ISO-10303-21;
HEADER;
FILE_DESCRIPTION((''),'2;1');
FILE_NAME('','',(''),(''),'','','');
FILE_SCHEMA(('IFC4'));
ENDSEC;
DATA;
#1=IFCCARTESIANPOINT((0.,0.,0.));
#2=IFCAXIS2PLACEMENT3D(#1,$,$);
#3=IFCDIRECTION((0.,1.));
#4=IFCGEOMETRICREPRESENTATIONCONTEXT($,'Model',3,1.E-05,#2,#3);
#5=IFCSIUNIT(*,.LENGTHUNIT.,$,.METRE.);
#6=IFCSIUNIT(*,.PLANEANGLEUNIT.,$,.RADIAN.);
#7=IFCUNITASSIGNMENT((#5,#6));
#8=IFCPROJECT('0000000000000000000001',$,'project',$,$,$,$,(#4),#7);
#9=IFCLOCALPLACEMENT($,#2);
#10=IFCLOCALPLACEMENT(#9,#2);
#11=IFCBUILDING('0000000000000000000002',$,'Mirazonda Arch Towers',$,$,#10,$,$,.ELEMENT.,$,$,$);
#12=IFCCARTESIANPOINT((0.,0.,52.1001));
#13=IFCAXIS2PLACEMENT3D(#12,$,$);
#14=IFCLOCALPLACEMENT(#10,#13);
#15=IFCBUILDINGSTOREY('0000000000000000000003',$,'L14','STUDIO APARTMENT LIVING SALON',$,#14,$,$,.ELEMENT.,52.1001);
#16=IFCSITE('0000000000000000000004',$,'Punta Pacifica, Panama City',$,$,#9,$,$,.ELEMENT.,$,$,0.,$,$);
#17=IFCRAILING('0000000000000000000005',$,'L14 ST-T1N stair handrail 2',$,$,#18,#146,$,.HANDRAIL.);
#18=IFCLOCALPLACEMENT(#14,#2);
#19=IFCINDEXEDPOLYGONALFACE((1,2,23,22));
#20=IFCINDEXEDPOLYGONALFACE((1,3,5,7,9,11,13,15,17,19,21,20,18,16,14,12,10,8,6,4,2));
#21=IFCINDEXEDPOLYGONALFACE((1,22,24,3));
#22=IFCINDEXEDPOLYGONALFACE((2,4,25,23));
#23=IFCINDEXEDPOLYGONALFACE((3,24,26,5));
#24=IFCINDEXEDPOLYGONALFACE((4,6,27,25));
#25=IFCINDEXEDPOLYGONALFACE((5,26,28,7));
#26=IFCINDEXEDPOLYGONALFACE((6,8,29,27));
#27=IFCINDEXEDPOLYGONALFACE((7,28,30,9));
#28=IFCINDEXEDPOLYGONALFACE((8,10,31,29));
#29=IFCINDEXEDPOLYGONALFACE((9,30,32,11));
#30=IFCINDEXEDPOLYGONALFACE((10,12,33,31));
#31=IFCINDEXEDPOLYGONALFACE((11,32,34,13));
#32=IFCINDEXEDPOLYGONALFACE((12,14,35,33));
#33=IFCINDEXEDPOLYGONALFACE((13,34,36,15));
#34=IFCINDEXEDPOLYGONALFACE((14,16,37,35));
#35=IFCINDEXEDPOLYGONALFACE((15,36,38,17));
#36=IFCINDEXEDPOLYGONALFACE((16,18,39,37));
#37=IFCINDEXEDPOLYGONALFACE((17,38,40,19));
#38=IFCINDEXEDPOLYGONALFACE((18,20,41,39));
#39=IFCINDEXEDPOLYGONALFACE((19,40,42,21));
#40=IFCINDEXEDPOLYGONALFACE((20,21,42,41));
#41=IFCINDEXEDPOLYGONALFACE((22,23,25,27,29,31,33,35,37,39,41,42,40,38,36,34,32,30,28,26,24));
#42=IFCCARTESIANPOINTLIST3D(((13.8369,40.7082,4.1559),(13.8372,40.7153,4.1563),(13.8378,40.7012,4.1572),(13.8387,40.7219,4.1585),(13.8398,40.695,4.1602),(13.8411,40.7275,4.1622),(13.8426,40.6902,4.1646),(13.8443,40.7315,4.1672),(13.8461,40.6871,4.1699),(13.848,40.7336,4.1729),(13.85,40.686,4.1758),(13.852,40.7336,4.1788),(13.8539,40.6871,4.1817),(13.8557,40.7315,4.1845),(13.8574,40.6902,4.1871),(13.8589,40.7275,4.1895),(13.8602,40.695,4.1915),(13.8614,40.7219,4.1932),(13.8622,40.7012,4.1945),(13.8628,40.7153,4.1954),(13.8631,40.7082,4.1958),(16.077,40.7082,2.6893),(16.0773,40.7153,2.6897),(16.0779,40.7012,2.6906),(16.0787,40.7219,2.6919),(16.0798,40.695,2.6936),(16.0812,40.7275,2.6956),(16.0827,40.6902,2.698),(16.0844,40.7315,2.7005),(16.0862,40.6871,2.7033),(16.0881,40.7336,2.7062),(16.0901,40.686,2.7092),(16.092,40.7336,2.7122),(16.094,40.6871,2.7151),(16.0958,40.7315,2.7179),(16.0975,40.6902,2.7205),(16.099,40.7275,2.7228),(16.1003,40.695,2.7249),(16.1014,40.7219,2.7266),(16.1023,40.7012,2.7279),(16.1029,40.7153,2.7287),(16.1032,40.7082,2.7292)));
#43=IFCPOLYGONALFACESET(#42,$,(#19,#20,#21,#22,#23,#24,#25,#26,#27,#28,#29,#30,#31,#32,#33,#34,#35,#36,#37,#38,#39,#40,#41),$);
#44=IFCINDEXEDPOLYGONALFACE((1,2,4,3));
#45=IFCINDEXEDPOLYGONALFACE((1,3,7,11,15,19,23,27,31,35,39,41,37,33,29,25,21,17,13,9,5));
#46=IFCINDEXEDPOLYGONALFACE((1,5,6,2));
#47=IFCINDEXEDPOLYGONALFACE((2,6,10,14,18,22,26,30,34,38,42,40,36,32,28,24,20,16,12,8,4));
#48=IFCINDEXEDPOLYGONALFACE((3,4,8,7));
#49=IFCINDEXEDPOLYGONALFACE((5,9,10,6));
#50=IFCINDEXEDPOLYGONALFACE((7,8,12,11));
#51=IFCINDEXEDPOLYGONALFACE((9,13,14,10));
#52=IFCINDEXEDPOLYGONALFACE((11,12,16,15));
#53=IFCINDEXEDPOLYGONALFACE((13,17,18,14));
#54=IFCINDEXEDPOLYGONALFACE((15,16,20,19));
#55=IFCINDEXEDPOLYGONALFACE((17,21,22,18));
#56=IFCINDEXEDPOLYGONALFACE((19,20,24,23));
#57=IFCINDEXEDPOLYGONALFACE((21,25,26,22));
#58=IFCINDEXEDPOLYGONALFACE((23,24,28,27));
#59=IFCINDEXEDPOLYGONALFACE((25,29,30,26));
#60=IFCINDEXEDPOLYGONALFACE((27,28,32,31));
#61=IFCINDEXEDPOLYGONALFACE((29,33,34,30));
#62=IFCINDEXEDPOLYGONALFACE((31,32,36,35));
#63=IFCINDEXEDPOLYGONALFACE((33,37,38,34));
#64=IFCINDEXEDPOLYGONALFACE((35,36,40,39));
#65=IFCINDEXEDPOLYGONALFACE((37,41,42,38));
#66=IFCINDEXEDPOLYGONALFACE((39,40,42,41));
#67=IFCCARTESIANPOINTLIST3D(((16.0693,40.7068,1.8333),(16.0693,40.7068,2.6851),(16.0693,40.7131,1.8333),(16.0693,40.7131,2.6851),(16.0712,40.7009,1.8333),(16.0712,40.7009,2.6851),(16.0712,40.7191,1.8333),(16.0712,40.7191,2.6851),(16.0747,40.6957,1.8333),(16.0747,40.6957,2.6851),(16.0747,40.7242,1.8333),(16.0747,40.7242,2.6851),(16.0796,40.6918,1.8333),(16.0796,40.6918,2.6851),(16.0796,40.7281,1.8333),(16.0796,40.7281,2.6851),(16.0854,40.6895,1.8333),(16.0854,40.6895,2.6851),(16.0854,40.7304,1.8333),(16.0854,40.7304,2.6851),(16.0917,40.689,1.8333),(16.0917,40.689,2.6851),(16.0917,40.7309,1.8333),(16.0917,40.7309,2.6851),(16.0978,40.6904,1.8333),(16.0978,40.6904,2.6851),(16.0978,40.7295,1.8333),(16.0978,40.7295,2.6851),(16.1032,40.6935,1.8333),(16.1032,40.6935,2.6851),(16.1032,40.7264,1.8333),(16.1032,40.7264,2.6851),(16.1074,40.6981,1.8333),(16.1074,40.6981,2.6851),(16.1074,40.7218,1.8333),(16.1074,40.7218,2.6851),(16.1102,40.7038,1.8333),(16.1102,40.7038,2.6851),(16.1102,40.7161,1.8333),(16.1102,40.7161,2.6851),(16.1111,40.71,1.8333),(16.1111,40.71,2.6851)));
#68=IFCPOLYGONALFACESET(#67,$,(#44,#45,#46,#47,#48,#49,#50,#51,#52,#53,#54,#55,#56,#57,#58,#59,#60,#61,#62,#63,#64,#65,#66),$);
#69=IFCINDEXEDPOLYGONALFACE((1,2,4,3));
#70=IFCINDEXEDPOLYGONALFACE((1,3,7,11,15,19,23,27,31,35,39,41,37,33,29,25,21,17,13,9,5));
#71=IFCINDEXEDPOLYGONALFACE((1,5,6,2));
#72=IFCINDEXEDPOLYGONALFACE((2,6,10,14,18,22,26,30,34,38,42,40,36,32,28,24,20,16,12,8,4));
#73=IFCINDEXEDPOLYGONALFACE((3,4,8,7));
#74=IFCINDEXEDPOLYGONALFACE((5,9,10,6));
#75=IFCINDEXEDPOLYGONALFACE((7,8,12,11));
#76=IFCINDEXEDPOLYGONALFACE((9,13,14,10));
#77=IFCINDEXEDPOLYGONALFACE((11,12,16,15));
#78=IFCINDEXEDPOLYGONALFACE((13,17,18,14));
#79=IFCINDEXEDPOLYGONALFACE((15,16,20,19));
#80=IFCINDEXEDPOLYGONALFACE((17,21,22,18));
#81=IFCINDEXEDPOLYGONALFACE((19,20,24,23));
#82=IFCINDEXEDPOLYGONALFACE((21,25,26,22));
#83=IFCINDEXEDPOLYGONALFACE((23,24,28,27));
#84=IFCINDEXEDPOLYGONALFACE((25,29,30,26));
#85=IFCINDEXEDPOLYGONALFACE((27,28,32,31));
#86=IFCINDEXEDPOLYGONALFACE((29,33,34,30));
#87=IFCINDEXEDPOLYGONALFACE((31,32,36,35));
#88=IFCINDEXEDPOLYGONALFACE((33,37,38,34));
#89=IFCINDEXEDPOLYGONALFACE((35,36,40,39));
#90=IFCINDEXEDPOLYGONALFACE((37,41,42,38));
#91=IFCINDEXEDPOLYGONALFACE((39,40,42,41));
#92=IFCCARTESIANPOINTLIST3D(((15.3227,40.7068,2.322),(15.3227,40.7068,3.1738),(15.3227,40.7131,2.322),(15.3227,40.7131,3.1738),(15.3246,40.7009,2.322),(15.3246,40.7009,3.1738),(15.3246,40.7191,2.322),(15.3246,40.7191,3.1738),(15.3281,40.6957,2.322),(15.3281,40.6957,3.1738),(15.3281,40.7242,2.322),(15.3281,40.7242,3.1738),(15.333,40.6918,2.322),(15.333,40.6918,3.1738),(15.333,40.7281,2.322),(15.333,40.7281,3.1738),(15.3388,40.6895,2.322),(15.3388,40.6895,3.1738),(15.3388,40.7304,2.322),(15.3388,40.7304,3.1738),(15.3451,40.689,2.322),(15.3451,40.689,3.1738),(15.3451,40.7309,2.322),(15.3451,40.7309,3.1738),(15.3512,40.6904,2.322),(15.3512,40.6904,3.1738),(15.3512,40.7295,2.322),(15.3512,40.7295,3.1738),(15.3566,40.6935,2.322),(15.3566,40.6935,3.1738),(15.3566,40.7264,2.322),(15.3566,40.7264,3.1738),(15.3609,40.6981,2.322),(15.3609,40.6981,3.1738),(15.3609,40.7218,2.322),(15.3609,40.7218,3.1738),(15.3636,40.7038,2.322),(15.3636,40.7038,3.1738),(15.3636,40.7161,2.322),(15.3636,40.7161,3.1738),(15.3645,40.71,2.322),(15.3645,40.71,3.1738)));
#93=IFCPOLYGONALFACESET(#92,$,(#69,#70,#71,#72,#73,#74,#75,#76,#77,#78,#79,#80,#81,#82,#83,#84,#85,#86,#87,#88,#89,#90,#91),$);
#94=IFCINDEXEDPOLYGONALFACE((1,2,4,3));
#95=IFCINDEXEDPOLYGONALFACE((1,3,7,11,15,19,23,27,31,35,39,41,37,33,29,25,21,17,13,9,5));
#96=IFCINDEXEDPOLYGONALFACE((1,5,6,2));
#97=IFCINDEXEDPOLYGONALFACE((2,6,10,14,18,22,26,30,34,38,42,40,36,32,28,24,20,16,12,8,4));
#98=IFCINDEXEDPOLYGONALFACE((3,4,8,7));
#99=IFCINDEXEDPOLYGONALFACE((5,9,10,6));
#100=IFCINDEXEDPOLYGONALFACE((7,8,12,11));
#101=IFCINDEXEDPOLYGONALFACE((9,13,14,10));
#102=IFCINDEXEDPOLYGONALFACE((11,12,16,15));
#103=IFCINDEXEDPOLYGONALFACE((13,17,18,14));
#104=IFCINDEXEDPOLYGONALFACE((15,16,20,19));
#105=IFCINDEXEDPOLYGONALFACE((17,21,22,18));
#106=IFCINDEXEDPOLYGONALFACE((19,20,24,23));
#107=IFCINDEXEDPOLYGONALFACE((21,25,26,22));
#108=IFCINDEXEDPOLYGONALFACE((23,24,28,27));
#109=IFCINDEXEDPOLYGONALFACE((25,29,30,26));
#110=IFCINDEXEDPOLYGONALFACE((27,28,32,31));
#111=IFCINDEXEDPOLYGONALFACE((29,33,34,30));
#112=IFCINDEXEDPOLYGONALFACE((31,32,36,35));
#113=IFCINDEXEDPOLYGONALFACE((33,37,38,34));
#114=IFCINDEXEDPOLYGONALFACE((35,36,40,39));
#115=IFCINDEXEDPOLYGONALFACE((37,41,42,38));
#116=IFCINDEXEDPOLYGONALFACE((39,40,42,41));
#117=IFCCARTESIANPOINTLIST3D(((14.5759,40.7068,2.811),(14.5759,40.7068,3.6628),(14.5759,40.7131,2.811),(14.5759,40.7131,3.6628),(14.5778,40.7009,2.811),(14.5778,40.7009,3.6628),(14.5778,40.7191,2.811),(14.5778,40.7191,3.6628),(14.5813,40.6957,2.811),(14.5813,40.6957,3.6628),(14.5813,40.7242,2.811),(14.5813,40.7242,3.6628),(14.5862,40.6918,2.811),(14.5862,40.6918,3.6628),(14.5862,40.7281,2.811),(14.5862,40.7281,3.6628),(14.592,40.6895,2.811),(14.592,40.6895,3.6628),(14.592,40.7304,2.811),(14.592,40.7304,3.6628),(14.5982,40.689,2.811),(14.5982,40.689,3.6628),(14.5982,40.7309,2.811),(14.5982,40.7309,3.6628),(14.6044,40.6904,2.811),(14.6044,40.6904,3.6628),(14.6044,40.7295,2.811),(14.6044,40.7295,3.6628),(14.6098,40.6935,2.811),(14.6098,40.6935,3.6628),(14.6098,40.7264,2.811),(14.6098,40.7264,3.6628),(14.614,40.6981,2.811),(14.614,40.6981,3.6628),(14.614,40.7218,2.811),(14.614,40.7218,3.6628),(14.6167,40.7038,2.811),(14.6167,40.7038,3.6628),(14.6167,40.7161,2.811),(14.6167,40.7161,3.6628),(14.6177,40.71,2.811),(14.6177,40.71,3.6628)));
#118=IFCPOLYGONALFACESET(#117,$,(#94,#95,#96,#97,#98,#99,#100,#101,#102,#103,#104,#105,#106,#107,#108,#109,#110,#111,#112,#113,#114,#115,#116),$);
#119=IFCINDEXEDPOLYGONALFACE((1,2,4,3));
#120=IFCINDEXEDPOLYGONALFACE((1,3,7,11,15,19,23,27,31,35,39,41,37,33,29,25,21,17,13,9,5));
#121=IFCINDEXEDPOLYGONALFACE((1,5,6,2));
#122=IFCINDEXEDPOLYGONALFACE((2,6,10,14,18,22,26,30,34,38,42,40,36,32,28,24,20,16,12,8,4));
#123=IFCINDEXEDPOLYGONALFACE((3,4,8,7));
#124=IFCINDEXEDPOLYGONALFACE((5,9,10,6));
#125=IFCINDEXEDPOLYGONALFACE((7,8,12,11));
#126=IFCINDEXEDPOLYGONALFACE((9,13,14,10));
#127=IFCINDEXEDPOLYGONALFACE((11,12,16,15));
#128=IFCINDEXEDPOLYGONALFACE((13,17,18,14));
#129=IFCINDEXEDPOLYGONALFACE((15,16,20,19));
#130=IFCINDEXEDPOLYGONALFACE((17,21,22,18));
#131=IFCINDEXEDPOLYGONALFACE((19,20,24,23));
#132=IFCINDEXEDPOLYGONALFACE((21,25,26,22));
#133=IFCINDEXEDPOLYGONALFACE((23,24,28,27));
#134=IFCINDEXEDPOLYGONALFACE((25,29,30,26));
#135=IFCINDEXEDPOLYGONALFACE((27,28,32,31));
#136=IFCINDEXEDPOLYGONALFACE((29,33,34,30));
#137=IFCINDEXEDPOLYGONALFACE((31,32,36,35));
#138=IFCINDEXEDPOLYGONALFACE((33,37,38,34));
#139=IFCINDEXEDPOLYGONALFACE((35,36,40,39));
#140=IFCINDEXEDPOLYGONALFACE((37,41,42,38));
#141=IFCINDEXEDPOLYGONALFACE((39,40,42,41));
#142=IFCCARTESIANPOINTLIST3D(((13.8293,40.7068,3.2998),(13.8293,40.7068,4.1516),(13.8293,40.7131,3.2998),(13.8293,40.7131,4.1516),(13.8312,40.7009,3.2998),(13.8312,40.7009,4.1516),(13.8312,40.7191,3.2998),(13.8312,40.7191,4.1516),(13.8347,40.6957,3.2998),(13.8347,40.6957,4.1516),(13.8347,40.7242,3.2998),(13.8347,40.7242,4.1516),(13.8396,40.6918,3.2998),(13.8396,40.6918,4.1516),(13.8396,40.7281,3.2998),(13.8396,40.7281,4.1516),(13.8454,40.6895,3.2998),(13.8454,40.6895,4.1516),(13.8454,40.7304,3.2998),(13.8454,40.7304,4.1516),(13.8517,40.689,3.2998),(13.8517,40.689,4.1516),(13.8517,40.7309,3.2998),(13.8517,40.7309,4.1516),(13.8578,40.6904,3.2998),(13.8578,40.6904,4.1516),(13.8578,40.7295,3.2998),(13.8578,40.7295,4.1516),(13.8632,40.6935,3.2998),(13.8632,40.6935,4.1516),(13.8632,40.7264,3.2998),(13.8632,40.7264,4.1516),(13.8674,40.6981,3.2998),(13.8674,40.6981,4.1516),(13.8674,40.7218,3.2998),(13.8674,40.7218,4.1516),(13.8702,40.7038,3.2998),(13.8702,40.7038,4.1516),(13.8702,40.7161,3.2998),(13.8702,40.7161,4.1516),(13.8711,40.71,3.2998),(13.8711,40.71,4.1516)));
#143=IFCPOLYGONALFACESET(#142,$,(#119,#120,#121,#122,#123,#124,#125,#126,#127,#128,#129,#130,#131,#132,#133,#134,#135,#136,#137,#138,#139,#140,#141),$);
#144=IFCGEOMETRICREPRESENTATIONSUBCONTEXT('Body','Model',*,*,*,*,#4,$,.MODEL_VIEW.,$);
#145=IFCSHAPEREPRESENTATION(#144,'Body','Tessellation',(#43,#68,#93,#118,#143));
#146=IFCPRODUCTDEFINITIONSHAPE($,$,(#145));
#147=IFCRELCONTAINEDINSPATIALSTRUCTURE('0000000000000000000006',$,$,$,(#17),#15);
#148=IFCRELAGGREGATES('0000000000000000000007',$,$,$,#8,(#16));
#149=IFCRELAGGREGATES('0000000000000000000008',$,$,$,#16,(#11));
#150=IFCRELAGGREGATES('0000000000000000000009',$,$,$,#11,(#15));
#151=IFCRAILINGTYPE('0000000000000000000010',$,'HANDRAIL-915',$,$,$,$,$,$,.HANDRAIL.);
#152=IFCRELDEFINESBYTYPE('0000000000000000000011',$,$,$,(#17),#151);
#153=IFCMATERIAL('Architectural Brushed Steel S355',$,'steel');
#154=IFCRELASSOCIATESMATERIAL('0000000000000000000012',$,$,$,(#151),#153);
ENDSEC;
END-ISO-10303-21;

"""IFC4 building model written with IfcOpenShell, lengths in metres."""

from ifc_helpers import new_model, si_unit, direction, frame, origin, origin_2d, place, context, subcontext, project, spatial, circle, extrude, material, type_object, element, save


model = new_model("IFC4")

# Units and contexts
model_context = context("Model", 3, precision=1e-05, world=origin(), true_north=direction((0.0, 1.0)))
body_context = subcontext(model_context, "Body", "Model", "MODEL_VIEW")
ifc_project = project(units=[si_unit("LENGTHUNIT", "METRE"), si_unit("PLANEANGLEUNIT", "RADIAN")], contexts=[model_context])

# Site, building, storey
site_placement = place(None, origin())
site = spatial("IfcSite", under=ifc_project, at=site_placement, Name="Punta Pacifica, Panama City", CompositionType="ELEMENT", RefElevation=0.0)
building_placement = place(site_placement, origin())
building = spatial("IfcBuilding", under=site, at=building_placement, Name="Mirazonda Arch Towers", CompositionType="ELEMENT")
storey_placement = place(building_placement, frame((0.0, 0.0, 52.1001)))
storey = spatial("IfcBuildingStorey", under=building, at=storey_placement, Name="L14", Description="STUDIO APARTMENT LIVING SALON", CompositionType="ELEMENT", Elevation=52.1001)

# Shared definitions
ifc_material_1 = material(Name="Architectural Brushed Steel S355", Category="steel")

# Railing
railing_type_1 = type_object("IfcRailingType", Name="HANDRAIL-915", PredefinedType="HANDRAIL", material=ifc_material_1)
railing_1_placement = place(storey_placement, frame((16.0901, 40.71, 1.8333)))
element("IfcRailing", 1, at=railing_1_placement, inside=storey, type_object=railing_type_1, Name="L14 ST-T1N stair handrail 2", PredefinedType="HANDRAIL", context=body_context, shape_type="SweptSolid", body=[
    extrude(circle(Radius=0.0239, at=origin_2d()), frame((0.0, 0.0, 0.876), z_axis=(-0.836637, 0.0, 0.547758), x_axis=(0.0, -1.0, 0.0)), (0.0, 0.0, 1.0), 2.6775),
    extrude(circle(Radius=0.021, at=origin_2d()), origin(), (0.0, 0.0, 1.0), 0.8518),
    extrude(circle(Radius=0.021, at=origin_2d()), frame((-0.7466, 0.0, 0.4888)), (0.0, 0.0, 1.0), 0.8518),
    extrude(circle(Radius=0.021, at=origin_2d()), frame((-1.4934, 0.0, 0.9778)), (0.0, 0.0, 1.0), 0.8518),
    extrude(circle(Radius=0.021, at=origin_2d()), frame((-2.24, 0.0, 1.4666)), (0.0, 0.0, 1.0), 0.8518),
])

save(model, "model.ifc")
